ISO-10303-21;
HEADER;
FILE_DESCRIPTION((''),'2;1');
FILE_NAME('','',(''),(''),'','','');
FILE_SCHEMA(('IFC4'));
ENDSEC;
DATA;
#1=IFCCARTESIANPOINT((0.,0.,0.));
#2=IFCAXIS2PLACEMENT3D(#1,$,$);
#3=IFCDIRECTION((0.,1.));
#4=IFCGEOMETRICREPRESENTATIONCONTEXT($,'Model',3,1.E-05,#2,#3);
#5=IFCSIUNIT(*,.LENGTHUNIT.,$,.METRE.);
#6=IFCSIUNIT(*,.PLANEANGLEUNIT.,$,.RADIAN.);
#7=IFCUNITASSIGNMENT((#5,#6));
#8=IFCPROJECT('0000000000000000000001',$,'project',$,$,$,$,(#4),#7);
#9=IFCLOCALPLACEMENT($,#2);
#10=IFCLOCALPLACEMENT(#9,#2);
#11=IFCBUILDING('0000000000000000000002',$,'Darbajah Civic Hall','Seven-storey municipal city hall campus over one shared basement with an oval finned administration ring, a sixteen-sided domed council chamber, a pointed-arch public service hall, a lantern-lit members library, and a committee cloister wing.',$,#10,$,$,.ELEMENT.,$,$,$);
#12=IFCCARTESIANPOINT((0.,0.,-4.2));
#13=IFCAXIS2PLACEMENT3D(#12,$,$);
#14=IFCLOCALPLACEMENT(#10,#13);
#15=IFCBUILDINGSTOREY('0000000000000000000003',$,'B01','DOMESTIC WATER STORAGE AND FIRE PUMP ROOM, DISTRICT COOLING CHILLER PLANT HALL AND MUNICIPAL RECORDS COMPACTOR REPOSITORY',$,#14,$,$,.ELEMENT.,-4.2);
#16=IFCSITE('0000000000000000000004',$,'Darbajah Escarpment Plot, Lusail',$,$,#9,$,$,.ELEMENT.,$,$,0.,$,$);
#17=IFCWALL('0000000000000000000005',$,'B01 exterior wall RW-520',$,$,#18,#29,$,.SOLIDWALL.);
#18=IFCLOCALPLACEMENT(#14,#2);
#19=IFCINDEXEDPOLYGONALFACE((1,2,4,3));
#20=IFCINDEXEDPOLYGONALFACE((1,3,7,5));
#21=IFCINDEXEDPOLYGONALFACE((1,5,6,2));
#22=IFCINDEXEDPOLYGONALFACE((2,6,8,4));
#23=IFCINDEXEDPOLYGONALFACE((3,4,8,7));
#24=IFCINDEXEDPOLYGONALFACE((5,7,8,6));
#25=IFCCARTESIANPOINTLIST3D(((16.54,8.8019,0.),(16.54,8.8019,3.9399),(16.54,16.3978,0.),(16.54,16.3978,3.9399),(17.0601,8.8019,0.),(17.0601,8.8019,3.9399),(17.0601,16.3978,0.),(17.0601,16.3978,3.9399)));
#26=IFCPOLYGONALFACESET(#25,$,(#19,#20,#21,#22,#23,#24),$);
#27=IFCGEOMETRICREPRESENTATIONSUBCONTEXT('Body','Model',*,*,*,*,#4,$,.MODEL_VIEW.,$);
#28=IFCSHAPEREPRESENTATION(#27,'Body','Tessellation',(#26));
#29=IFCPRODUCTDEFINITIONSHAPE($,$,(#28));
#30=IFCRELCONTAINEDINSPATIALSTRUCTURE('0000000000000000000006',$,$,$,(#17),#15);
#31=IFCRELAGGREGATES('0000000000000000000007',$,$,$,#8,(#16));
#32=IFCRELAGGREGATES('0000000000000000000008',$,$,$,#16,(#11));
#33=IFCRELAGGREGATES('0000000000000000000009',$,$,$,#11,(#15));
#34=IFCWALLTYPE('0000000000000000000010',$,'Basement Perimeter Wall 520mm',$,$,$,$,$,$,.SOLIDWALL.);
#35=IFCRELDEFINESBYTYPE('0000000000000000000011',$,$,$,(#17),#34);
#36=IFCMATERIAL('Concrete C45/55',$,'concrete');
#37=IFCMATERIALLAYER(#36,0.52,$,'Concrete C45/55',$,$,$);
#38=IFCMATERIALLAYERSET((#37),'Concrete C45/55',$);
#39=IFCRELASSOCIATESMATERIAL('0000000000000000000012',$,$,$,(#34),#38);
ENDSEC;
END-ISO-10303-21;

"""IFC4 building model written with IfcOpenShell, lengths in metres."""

from ifc_helpers import new_model, si_unit, direction, frame, frame_2d, origin, place, context, subcontext, project, spatial, rectangle, extrude, material, layer, layer_set, type_object, element, save


model = new_model("IFC4")

# Units and contexts
model_context = context("Model", 3, precision=1e-05, world=origin(), true_north=direction((0.0, 1.0)))
body_context = subcontext(model_context, "Body", "Model", "MODEL_VIEW")
ifc_project = project(units=[si_unit("LENGTHUNIT", "METRE"), si_unit("PLANEANGLEUNIT", "RADIAN")], contexts=[model_context])

# Site, building, storey
site_placement = place(None, origin())
site = spatial("IfcSite", under=ifc_project, at=site_placement, Name="Darbajah Escarpment Plot, Lusail", CompositionType="ELEMENT", RefElevation=0.0)
building_placement = place(site_placement, origin())
building = spatial("IfcBuilding", under=site, at=building_placement, Name="Darbajah Civic Hall", Description="Seven-storey municipal city hall campus over one shared basement with an oval finned administration ring, a sixteen-sided domed council chamber, a pointed-arch public service hall, a lantern-lit members library, and a committee cloister wing.", CompositionType="ELEMENT")
storey_placement = place(building_placement, frame((0.0, 0.0, -4.2)))
storey = spatial("IfcBuildingStorey", under=building, at=storey_placement, Name="B01", Description="DOMESTIC WATER STORAGE AND FIRE PUMP ROOM, DISTRICT COOLING CHILLER PLANT HALL AND MUNICIPAL RECORDS COMPACTOR REPOSITORY", CompositionType="ELEMENT", Elevation=-4.2)

# Shared definitions
ifc_material_1 = material(Name="Concrete C45/55", Category="concrete")

# Wall
ifc_layer = layer(ifc_material_1, 0.52, Name="Concrete C45/55")
ifc_layer_set = layer_set([ifc_layer], Name="Concrete C45/55")
wall_type = type_object("IfcWallType", Name="Basement Perimeter Wall 520mm", PredefinedType="SOLIDWALL", material=ifc_layer_set)
for number, where, z_axis, x_axis, name in (
    (1, (16.8, 8.802, 0.0), (0.0, 0.0, 1.0), (0.0, 1.0, 0.0), "B01 exterior wall RW-520"),
):
    element("IfcWall", number, at=place(storey_placement, frame(where, z_axis=z_axis, x_axis=x_axis)), inside=storey, type_object=wall_type, Name=name, PredefinedType="SOLIDWALL", context=body_context, shape_type="SweptSolid", body=[
        extrude(rectangle(XDim=7.5959, YDim=0.52, at=frame_2d((3.7979, 0.0))), origin(), (0.0, 0.0, 1.0), 3.9399),
    ])

save(model, "model.ifc")
